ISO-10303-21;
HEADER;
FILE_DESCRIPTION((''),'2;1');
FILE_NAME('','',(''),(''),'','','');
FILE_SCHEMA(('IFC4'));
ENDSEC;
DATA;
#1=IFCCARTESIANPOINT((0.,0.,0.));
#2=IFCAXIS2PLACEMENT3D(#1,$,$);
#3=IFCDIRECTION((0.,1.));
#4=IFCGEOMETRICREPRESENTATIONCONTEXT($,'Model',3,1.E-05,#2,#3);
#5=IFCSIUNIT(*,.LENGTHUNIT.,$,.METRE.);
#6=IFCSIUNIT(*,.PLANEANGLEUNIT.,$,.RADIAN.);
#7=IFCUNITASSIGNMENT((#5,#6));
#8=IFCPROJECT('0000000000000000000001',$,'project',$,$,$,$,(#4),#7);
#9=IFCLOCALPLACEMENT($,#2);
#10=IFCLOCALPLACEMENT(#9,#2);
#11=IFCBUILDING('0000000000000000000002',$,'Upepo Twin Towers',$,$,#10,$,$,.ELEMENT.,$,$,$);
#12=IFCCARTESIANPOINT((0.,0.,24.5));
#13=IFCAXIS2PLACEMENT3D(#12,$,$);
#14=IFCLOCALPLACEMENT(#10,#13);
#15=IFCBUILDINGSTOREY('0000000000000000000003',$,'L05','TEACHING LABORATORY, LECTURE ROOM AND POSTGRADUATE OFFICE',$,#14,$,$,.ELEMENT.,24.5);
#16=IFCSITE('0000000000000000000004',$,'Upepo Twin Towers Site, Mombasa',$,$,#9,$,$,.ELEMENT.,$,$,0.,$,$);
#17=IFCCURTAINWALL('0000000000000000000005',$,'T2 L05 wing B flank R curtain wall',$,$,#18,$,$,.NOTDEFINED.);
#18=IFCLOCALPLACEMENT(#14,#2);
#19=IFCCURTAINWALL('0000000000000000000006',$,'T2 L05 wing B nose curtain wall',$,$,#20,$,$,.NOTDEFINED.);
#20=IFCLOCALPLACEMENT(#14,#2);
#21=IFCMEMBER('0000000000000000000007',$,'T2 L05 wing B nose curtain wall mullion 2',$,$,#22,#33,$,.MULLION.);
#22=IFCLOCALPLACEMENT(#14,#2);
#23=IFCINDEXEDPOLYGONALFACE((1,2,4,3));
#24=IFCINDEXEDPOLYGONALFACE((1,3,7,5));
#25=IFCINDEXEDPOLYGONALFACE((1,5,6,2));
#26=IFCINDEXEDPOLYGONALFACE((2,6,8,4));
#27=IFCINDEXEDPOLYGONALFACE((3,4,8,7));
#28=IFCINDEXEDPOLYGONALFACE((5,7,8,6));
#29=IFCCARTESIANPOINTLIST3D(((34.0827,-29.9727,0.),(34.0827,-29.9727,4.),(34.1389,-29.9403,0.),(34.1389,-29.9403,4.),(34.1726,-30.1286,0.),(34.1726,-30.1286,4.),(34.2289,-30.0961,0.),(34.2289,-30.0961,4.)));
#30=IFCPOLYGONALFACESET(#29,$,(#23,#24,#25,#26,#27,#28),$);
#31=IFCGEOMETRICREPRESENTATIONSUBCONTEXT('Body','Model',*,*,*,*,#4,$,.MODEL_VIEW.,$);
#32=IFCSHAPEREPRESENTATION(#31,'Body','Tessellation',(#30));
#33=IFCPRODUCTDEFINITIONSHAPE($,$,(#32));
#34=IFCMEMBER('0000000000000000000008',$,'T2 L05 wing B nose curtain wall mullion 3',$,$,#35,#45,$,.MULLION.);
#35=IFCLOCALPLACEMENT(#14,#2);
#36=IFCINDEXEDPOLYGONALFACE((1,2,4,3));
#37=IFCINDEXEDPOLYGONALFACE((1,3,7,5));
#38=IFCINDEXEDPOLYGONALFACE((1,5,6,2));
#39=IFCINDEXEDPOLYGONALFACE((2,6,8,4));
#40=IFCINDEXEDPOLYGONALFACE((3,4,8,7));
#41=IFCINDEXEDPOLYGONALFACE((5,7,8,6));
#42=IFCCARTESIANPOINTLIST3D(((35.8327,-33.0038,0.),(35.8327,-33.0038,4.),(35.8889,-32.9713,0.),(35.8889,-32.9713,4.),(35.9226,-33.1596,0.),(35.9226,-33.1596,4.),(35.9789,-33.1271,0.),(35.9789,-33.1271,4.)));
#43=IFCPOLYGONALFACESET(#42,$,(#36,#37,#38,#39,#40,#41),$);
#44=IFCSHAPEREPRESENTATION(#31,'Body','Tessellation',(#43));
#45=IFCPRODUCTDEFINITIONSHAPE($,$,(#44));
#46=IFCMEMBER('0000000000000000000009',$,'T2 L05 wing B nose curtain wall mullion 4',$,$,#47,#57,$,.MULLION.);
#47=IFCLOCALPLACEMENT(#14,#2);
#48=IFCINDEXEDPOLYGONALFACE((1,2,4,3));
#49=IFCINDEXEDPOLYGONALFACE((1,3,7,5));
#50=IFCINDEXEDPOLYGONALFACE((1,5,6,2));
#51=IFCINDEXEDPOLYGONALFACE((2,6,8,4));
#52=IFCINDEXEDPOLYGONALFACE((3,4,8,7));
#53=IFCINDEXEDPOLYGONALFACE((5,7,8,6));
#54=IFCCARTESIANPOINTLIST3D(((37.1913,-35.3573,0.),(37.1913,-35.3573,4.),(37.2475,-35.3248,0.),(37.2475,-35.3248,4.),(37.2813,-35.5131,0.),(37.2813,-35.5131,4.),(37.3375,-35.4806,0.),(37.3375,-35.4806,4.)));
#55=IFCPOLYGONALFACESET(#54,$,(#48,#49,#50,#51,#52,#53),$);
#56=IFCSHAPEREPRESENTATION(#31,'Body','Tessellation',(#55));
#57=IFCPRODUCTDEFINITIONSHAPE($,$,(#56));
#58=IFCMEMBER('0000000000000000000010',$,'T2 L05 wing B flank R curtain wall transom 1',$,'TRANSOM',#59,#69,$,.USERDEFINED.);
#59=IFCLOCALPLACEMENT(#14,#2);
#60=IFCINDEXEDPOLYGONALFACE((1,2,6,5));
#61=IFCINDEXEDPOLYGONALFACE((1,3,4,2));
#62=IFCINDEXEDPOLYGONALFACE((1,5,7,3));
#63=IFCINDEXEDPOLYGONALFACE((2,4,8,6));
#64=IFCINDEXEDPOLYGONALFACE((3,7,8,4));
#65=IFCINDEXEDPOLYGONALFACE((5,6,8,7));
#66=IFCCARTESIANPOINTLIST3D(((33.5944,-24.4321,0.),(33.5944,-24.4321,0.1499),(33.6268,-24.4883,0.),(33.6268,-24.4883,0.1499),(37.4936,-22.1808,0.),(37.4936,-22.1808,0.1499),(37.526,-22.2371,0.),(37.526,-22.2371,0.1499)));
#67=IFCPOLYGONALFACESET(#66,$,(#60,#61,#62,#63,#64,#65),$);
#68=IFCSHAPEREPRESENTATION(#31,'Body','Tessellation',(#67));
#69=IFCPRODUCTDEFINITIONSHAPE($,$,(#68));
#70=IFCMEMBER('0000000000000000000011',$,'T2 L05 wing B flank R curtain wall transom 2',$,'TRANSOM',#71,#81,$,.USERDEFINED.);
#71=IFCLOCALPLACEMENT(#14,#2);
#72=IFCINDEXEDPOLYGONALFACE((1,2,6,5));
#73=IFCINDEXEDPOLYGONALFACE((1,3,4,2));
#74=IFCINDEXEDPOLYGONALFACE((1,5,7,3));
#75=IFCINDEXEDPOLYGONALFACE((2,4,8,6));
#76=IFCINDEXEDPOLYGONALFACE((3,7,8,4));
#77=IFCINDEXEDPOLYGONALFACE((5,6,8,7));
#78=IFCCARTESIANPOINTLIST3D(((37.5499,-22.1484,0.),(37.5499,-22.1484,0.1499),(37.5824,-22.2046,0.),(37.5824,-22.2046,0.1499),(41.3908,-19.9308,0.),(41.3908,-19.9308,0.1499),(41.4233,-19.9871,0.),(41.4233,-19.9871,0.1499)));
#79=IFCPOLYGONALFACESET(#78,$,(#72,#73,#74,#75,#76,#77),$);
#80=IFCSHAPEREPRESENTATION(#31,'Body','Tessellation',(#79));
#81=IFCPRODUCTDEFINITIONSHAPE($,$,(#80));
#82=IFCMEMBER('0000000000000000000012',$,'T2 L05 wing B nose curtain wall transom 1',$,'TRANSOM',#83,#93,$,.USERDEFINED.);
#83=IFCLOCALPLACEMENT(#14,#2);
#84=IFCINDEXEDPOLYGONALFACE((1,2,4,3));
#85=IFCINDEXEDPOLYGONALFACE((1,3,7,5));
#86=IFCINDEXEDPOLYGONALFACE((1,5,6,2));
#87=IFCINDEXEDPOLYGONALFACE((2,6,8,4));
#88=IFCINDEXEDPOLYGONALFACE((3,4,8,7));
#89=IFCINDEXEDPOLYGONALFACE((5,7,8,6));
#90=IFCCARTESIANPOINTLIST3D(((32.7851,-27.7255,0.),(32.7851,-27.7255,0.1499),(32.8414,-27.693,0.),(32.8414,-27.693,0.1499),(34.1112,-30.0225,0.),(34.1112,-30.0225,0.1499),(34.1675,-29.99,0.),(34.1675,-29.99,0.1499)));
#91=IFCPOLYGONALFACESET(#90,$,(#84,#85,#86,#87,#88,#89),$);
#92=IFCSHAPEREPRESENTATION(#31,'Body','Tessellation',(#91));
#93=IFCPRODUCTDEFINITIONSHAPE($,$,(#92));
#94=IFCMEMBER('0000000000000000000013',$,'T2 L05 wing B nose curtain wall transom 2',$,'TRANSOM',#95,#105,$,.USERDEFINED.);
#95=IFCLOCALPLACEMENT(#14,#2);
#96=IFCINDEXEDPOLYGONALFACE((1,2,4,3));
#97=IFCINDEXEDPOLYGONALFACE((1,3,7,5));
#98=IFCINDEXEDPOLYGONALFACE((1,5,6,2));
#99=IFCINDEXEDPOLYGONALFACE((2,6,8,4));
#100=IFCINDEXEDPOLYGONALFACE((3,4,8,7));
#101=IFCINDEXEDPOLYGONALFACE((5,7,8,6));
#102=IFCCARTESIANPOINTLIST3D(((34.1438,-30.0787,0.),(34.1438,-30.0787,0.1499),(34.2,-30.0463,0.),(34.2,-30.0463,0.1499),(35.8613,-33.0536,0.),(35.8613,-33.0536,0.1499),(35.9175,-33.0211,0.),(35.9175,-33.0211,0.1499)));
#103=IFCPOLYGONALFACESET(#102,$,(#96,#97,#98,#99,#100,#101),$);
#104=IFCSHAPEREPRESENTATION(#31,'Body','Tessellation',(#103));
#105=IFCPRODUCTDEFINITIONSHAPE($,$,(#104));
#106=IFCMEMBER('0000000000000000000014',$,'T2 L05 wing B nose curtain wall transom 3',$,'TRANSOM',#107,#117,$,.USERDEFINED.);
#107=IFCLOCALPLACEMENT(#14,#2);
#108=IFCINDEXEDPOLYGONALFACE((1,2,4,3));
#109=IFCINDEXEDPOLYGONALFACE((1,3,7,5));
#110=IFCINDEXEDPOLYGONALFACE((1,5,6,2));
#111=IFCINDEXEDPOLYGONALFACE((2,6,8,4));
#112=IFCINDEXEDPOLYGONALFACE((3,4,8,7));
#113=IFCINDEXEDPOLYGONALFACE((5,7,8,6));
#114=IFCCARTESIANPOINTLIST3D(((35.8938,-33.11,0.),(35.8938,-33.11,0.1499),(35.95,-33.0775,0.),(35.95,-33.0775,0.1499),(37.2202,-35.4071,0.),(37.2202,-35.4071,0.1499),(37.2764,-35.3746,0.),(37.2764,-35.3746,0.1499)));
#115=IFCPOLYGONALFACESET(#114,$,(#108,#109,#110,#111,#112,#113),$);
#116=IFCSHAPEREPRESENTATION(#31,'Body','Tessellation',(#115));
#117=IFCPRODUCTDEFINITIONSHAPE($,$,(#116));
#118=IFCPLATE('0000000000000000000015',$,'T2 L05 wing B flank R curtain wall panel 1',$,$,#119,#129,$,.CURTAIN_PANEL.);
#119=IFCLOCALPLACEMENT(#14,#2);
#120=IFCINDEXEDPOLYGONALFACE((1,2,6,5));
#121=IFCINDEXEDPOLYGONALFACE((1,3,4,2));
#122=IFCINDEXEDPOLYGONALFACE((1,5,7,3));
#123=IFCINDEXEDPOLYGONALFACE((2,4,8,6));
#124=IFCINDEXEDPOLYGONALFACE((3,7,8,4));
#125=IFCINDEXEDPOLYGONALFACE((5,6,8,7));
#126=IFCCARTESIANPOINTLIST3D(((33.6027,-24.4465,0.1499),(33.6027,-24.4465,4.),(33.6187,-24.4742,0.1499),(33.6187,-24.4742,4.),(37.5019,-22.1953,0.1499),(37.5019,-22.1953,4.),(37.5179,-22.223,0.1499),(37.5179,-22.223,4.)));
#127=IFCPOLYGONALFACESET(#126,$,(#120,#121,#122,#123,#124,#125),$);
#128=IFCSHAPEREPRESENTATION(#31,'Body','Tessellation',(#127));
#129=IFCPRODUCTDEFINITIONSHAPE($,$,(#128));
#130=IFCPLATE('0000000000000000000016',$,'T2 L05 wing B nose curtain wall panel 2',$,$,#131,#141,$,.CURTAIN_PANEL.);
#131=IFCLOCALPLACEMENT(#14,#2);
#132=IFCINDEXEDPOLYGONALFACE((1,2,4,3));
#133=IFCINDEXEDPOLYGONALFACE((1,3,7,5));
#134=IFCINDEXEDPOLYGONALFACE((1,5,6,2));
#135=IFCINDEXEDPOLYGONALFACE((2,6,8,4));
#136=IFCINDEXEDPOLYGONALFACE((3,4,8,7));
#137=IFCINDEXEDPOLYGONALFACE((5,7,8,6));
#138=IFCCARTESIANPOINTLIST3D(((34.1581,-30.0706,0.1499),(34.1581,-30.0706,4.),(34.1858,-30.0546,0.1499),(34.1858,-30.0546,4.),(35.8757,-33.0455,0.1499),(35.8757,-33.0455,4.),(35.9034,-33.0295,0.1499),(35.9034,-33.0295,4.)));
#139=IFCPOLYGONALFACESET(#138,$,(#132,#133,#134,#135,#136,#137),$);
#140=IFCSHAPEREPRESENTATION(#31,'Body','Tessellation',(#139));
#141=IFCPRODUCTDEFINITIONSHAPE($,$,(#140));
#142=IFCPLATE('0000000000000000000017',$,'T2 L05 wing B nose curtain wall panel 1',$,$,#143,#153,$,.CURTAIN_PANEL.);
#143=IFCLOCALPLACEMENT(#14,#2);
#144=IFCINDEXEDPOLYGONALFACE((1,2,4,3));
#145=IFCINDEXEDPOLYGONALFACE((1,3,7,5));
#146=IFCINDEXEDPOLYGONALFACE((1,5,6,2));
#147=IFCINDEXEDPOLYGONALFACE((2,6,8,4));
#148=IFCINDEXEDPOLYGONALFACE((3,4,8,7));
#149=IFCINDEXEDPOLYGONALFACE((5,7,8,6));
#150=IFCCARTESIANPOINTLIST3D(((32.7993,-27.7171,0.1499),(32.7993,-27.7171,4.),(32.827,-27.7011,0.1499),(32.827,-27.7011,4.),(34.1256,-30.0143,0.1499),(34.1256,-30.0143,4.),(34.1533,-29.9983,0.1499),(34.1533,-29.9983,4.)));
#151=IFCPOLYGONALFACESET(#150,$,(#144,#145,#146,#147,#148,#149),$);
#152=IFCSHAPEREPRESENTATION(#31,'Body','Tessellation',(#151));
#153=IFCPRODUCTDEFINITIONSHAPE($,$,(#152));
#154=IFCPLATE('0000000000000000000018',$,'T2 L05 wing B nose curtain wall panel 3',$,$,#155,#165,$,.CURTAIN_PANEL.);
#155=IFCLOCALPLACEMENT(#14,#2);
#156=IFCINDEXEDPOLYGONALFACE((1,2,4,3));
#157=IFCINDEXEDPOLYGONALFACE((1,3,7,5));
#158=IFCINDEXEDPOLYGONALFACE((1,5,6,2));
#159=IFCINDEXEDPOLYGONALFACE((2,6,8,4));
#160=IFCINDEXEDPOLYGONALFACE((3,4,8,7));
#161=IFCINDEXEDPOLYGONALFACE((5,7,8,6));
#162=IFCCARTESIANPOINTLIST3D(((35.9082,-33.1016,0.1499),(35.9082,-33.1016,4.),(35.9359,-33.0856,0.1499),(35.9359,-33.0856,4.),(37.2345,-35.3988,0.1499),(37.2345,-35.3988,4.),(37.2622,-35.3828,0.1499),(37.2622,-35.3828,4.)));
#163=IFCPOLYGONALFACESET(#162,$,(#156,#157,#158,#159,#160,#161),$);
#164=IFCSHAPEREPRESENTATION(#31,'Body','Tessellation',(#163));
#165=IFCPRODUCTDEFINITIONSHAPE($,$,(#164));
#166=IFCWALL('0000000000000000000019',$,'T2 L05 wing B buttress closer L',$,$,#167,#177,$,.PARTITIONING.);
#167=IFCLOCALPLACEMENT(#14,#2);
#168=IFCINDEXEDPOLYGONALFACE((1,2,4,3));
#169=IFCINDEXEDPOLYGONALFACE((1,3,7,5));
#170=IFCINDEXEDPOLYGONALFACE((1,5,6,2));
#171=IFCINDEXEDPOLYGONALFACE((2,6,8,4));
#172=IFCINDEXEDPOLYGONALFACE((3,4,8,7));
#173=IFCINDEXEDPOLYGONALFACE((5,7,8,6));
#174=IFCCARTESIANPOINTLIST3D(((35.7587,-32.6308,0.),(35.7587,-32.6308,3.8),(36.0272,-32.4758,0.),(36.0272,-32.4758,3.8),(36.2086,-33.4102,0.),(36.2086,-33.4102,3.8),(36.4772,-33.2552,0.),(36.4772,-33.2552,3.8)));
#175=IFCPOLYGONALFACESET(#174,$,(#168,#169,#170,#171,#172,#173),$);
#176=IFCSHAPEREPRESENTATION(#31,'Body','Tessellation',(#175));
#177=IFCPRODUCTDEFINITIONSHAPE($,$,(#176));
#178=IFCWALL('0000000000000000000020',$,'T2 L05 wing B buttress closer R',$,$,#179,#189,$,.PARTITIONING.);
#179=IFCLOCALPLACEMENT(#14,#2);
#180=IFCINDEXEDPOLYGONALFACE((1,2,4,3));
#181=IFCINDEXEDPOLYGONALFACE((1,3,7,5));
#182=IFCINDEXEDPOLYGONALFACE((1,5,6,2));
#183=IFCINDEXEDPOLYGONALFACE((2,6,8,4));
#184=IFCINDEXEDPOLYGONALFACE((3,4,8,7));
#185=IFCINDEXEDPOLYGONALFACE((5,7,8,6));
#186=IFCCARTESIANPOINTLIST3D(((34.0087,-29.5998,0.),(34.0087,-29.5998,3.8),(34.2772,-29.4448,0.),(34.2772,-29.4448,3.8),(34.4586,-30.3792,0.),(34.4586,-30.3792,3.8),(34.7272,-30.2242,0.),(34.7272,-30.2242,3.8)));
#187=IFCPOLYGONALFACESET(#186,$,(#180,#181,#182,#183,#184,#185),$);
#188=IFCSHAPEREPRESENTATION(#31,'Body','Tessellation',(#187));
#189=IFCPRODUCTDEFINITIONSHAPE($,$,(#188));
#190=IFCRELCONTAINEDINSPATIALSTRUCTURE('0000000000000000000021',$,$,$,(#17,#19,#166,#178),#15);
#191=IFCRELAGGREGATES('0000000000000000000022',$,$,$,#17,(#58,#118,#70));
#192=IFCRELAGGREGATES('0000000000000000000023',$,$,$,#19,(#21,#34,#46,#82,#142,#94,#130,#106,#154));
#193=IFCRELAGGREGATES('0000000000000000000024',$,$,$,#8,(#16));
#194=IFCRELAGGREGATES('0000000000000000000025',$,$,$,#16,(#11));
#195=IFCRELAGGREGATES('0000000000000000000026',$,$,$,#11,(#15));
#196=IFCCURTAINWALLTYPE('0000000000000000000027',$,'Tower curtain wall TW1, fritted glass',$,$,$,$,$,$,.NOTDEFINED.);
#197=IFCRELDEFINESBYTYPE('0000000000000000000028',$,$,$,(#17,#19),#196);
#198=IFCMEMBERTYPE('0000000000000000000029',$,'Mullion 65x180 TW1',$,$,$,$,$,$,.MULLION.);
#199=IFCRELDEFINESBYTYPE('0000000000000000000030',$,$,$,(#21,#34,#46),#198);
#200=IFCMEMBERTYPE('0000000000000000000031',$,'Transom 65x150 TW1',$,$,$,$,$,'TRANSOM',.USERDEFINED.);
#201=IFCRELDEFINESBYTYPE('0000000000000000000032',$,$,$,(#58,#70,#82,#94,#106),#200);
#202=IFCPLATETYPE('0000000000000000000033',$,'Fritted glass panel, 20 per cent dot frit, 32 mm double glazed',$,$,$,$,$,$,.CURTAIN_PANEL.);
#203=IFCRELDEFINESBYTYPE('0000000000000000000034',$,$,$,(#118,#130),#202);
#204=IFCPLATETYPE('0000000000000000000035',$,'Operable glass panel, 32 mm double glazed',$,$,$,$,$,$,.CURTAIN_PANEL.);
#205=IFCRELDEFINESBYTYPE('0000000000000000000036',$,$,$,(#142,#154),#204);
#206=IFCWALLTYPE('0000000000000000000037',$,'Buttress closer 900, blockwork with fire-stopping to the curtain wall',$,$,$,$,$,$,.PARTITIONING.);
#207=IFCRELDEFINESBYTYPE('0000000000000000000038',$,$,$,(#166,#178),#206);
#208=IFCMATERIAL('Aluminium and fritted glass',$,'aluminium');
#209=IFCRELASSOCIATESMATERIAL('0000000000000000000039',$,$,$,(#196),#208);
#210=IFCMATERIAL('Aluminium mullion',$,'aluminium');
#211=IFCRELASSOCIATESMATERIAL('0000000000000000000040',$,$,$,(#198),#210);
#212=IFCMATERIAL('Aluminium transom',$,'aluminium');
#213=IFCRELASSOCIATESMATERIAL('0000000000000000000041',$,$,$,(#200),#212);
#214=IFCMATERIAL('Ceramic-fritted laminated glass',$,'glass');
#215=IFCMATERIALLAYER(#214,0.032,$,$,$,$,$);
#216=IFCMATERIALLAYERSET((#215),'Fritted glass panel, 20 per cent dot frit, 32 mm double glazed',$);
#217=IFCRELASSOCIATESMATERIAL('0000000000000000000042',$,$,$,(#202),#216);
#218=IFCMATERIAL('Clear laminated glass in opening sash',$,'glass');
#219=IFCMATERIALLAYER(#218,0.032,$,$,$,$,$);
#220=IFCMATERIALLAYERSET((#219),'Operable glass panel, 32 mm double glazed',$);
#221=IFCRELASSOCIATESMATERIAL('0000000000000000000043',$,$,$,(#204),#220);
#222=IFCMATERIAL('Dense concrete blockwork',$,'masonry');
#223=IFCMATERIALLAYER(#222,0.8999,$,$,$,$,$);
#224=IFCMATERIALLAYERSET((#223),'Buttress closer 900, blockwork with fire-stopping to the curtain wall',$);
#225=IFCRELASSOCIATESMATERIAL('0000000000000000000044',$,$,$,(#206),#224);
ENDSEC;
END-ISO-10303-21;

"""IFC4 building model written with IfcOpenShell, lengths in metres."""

from ifc_helpers import new_model, si_unit, direction, frame, frame_2d, origin, origin_2d, place, context, subcontext, project, spatial, rectangle, extrude, material, layer, layer_set, material_profile, profile_set, type_object, element, aggregate, save


model = new_model("IFC4")

# Units and contexts
model_context = context("Model", 3, precision=1e-05, world=origin(), true_north=direction((0.0, 1.0)))
body_context = subcontext(model_context, "Body", "Model", "MODEL_VIEW")
ifc_project = project(units=[si_unit("LENGTHUNIT", "METRE"), si_unit("PLANEANGLEUNIT", "RADIAN")], contexts=[model_context])

# Site, building, storey
site_placement = place(None, origin())
site = spatial("IfcSite", under=ifc_project, at=site_placement, Name="Upepo Twin Towers Site, Mombasa", CompositionType="ELEMENT", RefElevation=0.0)
building_placement = place(site_placement, origin())
building = spatial("IfcBuilding", under=site, at=building_placement, Name="Upepo Twin Towers", CompositionType="ELEMENT")
storey_placement = place(building_placement, frame((0.0, 0.0, 24.5)))
storey = spatial("IfcBuildingStorey", under=building, at=storey_placement, Name="L05", Description="TEACHING LABORATORY, LECTURE ROOM AND POSTGRADUATE OFFICE", CompositionType="ELEMENT", Elevation=24.5)

# Shared definitions
ifc_material_1 = material(Name="Aluminium and fritted glass", Category="aluminium")
curtain_wall_type = type_object("IfcCurtainWallType", Name="Tower curtain wall TW1, fritted glass", PredefinedType="NOTDEFINED", material=ifc_material_1)
ifc_material_2 = material(Name="Aluminium mullion", Category="aluminium")
ifc_material_profile_1 = material_profile(ifc_material_2, rectangle(XDim=0.0649, YDim=0.1799, at=origin_2d()), Name="MULLION 65x180")
ifc_profile_set_1 = profile_set([ifc_material_profile_1], Name="Aluminium mullion")
member_type_1 = type_object("IfcMemberType", Name="Mullion 65x180 TW1", PredefinedType="MULLION", material=ifc_profile_set_1)

# Curtain walls, members
curtain_wall_1_placement = place(storey_placement, origin())
curtain_wall_1 = element("IfcCurtainWall", 1, at=curtain_wall_1_placement, inside=storey, type_object=curtain_wall_type, Name="T2 L05 wing B flank R curtain wall", PredefinedType="NOTDEFINED")
curtain_wall_2_placement = place(storey_placement, origin())
curtain_wall_2 = element("IfcCurtainWall", 2, at=curtain_wall_2_placement, inside=storey, type_object=curtain_wall_type, Name="T2 L05 wing B nose curtain wall", PredefinedType="NOTDEFINED")
member_1_placement = place(storey_placement, frame((34.1558, -30.0344, 0.0), z_axis=(0.0, 0.0, 1.0), x_axis=(0.866025, 0.5, 0.0)))
member_1 = element("IfcMember", 3, at=member_1_placement, type_object=member_type_1, Name="T2 L05 wing B nose curtain wall mullion 2", PredefinedType="MULLION", context=body_context, shape_type="SweptSolid", body=[
    extrude(rectangle(XDim=0.0649, YDim=0.1799, at=origin_2d()), origin(), (0.0, 0.0, 1.0), 4.0),
])
member_2_placement = place(storey_placement, frame((35.9058, -33.0654, 0.0), z_axis=(0.0, 0.0, 1.0), x_axis=(0.866025, 0.5, 0.0)))
member_2 = element("IfcMember", 4, at=member_2_placement, type_object=member_type_1, Name="T2 L05 wing B nose curtain wall mullion 3", PredefinedType="MULLION", context=body_context, shape_type="SweptSolid", body=[
    extrude(rectangle(XDim=0.0649, YDim=0.1799, at=origin_2d()), origin(), (0.0, 0.0, 1.0), 4.0),
])
member_3_placement = place(storey_placement, frame((37.2644, -35.4189, 0.0), z_axis=(0.0, 0.0, 1.0), x_axis=(0.866025, 0.5, 0.0)))
member_3 = element("IfcMember", 5, at=member_3_placement, type_object=member_type_1, Name="T2 L05 wing B nose curtain wall mullion 4", PredefinedType="MULLION", context=body_context, shape_type="SweptSolid", body=[
    extrude(rectangle(XDim=0.0649, YDim=0.1799, at=origin_2d()), origin(), (0.0, 0.0, 1.0), 4.0),
])

# Members
ifc_material_3 = material(Name="Aluminium transom", Category="aluminium")
ifc_material_profile_2 = material_profile(ifc_material_3, rectangle(XDim=0.0649, YDim=0.1499, at=origin_2d()), Name="TRANSOM 65x150")
ifc_profile_set_2 = profile_set([ifc_material_profile_2], Name="Aluminium transom")
member_type_2 = type_object("IfcMemberType", Name="Transom 65x150 TW1", ElementType="TRANSOM", PredefinedType="USERDEFINED", material=ifc_profile_set_2)
member_4_placement = place(storey_placement, frame((33.6106, -24.4602, 0.075), z_axis=(0.866022, 0.500006, 0.0), x_axis=(-0.500006, 0.866022, 0.0)))
member_4 = element("IfcMember", 6, at=member_4_placement, type_object=member_type_2, Name="T2 L05 wing B flank R curtain wall transom 1", ObjectType="TRANSOM", PredefinedType="USERDEFINED", context=body_context, shape_type="SweptSolid", body=[
    extrude(rectangle(XDim=0.0649, YDim=0.1499, at=origin_2d()), origin(), (0.0, 0.0, 1.0), 4.5024),
])
member_5_placement = place(storey_placement, frame((37.5662, -22.1765, 0.075), z_axis=(0.866022, 0.500005, 0.0), x_axis=(-0.500005, 0.866022, 0.0)))
member_5 = element("IfcMember", 7, at=member_5_placement, type_object=member_type_2, Name="T2 L05 wing B flank R curtain wall transom 2", ObjectType="TRANSOM", PredefinedType="USERDEFINED", context=body_context, shape_type="SweptSolid", body=[
    extrude(rectangle(XDim=0.0649, YDim=0.1499, at=origin_2d()), origin(), (0.0, 0.0, 1.0), 4.4351),
])
member_6_placement = place(storey_placement, frame((32.8132, -27.7092, 0.075), z_axis=(0.49998, -0.866037, 0.0), x_axis=(0.866037, 0.49998, 0.0)))
member_6 = element("IfcMember", 8, at=member_6_placement, type_object=member_type_2, Name="T2 L05 wing B nose curtain wall transom 1", ObjectType="TRANSOM", PredefinedType="USERDEFINED", context=body_context, shape_type="SweptSolid", body=[
    extrude(rectangle(XDim=0.0649, YDim=0.1499, at=origin_2d()), origin(), (0.0, 0.0, 1.0), 2.6523),
])
member_7_placement = place(storey_placement, frame((34.1719, -30.0625, 0.075), z_axis=(0.499999, -0.866026, 0.0), x_axis=(0.866026, 0.499999, 0.0)))
member_7 = element("IfcMember", 9, at=member_7_placement, type_object=member_type_2, Name="T2 L05 wing B nose curtain wall transom 2", ObjectType="TRANSOM", PredefinedType="USERDEFINED", context=body_context, shape_type="SweptSolid", body=[
    extrude(rectangle(XDim=0.0649, YDim=0.1499, at=origin_2d()), origin(), (0.0, 0.0, 1.0), 3.4351),
])
member_8_placement = place(storey_placement, frame((35.9219, -33.0938, 0.075), z_axis=(0.500049, -0.865997, 0.0), x_axis=(0.865997, 0.500049, 0.0)))
member_8 = element("IfcMember", 10, at=member_8_placement, type_object=member_type_2, Name="T2 L05 wing B nose curtain wall transom 3", ObjectType="TRANSOM", PredefinedType="USERDEFINED", context=body_context, shape_type="SweptSolid", body=[
    extrude(rectangle(XDim=0.0649, YDim=0.1499, at=origin_2d()), origin(), (0.0, 0.0, 1.0), 2.6526),
])

# Plates
ifc_material_4 = material(Name="Ceramic-fritted laminated glass", Category="glass")
ifc_layer_1 = layer(ifc_material_4, 0.032)
ifc_layer_set_1 = layer_set([ifc_layer_1], Name="Fritted glass panel, 20 per cent dot frit, 32 mm double glazed")
plate_type_1 = type_object("IfcPlateType", Name="Fritted glass panel, 20 per cent dot frit, 32 mm double glazed", PredefinedType="CURTAIN_PANEL", material=ifc_layer_set_1)
plate_1_placement = place(storey_placement, frame((35.5603, -23.3347, 0.1499), z_axis=(0.0, 0.0, 1.0), x_axis=(0.866025, 0.5, 0.0)))
plate_1 = element("IfcPlate", 11, at=plate_1_placement, type_object=plate_type_1, Name="T2 L05 wing B flank R curtain wall panel 1", PredefinedType="CURTAIN_PANEL", context=body_context, shape_type="SweptSolid", body=[
    extrude(rectangle(XDim=4.5024, YDim=0.032, at=origin_2d()), origin(), (0.0, 0.0, 1.0), 3.8501),
])
aggregate(curtain_wall_1, [member_4, plate_1, member_5])
plate_2_placement = place(storey_placement, frame((35.0308, -31.55, 0.1499), z_axis=(0.0, 0.0, 1.0), x_axis=(0.5, -0.866025, 0.0)))
plate_2 = element("IfcPlate", 12, at=plate_2_placement, type_object=plate_type_1, Name="T2 L05 wing B nose curtain wall panel 2", PredefinedType="CURTAIN_PANEL", context=body_context, shape_type="SweptSolid", body=[
    extrude(rectangle(XDim=3.4351, YDim=0.032, at=origin_2d()), origin(), (0.0, 0.0, 1.0), 3.8501),
])
ifc_material_5 = material(Name="Clear laminated glass in opening sash", Category="glass")
ifc_layer_2 = layer(ifc_material_5, 0.032)
ifc_layer_set_2 = layer_set([ifc_layer_2], Name="Operable glass panel, 32 mm double glazed")
plate_type_2 = type_object("IfcPlateType", Name="Operable glass panel, 32 mm double glazed", PredefinedType="CURTAIN_PANEL", material=ifc_layer_set_2)
plate_3_placement = place(storey_placement, frame((33.4763, -28.8577, 0.1499), z_axis=(0.0, 0.0, 1.0), x_axis=(0.5, -0.866025, 0.0)))
plate_3 = element("IfcPlate", 13, at=plate_3_placement, type_object=plate_type_2, Name="T2 L05 wing B nose curtain wall panel 1", PredefinedType="CURTAIN_PANEL", context=body_context, shape_type="SweptSolid", body=[
    extrude(rectangle(XDim=2.6526, YDim=0.032, at=origin_2d()), origin(), (0.0, 0.0, 1.0), 3.8501),
])
plate_4_placement = place(storey_placement, frame((36.5852, -34.2422, 0.1499), z_axis=(0.0, 0.0, 1.0), x_axis=(0.5, -0.866025, 0.0)))
plate_4 = element("IfcPlate", 14, at=plate_4_placement, type_object=plate_type_2, Name="T2 L05 wing B nose curtain wall panel 3", PredefinedType="CURTAIN_PANEL", context=body_context, shape_type="SweptSolid", body=[
    extrude(rectangle(XDim=2.6526, YDim=0.032, at=origin_2d()), origin(), (0.0, 0.0, 1.0), 3.8501),
])
aggregate(curtain_wall_2, [member_1, member_2, member_3, member_6, plate_3, member_7, plate_2, member_8, plate_4])

# Walls
ifc_material_6 = material(Name="Dense concrete blockwork", Category="masonry")
ifc_layer_3 = layer(ifc_material_6, 0.8999)
ifc_layer_set_3 = layer_set([ifc_layer_3], Name="Buttress closer 900, blockwork with fire-stopping to the curtain wall")
wall_type_1 = type_object("IfcWallType", Name="Buttress closer 900, blockwork with fire-stopping to the curtain wall", PredefinedType="PARTITIONING", material=ifc_layer_set_3)
for number, where, z_axis, x_axis, name in (
    (15, (36.2522, -32.8655, 0.0), (0.0, 0.0, 1.0), (-0.866054, -0.49995, 0.0), "T2 L05 wing B buttress closer L"),
    (16, (34.5022, -29.8345, 0.0), (0.0, 0.0, 1.0), (-0.866054, -0.49995, 0.0), "T2 L05 wing B buttress closer R"),
):
    element("IfcWall", number, at=place(storey_placement, frame(where, z_axis=z_axis, x_axis=x_axis)), inside=storey, type_object=wall_type_1, Name=name, PredefinedType="PARTITIONING", context=body_context, shape_type="SweptSolid", body=[
        extrude(rectangle(XDim=0.3101, YDim=0.8999, at=frame_2d((0.155, 0.0))), origin(), (0.0, 0.0, 1.0), 3.8),
    ])

save(model, "model.ifc")
